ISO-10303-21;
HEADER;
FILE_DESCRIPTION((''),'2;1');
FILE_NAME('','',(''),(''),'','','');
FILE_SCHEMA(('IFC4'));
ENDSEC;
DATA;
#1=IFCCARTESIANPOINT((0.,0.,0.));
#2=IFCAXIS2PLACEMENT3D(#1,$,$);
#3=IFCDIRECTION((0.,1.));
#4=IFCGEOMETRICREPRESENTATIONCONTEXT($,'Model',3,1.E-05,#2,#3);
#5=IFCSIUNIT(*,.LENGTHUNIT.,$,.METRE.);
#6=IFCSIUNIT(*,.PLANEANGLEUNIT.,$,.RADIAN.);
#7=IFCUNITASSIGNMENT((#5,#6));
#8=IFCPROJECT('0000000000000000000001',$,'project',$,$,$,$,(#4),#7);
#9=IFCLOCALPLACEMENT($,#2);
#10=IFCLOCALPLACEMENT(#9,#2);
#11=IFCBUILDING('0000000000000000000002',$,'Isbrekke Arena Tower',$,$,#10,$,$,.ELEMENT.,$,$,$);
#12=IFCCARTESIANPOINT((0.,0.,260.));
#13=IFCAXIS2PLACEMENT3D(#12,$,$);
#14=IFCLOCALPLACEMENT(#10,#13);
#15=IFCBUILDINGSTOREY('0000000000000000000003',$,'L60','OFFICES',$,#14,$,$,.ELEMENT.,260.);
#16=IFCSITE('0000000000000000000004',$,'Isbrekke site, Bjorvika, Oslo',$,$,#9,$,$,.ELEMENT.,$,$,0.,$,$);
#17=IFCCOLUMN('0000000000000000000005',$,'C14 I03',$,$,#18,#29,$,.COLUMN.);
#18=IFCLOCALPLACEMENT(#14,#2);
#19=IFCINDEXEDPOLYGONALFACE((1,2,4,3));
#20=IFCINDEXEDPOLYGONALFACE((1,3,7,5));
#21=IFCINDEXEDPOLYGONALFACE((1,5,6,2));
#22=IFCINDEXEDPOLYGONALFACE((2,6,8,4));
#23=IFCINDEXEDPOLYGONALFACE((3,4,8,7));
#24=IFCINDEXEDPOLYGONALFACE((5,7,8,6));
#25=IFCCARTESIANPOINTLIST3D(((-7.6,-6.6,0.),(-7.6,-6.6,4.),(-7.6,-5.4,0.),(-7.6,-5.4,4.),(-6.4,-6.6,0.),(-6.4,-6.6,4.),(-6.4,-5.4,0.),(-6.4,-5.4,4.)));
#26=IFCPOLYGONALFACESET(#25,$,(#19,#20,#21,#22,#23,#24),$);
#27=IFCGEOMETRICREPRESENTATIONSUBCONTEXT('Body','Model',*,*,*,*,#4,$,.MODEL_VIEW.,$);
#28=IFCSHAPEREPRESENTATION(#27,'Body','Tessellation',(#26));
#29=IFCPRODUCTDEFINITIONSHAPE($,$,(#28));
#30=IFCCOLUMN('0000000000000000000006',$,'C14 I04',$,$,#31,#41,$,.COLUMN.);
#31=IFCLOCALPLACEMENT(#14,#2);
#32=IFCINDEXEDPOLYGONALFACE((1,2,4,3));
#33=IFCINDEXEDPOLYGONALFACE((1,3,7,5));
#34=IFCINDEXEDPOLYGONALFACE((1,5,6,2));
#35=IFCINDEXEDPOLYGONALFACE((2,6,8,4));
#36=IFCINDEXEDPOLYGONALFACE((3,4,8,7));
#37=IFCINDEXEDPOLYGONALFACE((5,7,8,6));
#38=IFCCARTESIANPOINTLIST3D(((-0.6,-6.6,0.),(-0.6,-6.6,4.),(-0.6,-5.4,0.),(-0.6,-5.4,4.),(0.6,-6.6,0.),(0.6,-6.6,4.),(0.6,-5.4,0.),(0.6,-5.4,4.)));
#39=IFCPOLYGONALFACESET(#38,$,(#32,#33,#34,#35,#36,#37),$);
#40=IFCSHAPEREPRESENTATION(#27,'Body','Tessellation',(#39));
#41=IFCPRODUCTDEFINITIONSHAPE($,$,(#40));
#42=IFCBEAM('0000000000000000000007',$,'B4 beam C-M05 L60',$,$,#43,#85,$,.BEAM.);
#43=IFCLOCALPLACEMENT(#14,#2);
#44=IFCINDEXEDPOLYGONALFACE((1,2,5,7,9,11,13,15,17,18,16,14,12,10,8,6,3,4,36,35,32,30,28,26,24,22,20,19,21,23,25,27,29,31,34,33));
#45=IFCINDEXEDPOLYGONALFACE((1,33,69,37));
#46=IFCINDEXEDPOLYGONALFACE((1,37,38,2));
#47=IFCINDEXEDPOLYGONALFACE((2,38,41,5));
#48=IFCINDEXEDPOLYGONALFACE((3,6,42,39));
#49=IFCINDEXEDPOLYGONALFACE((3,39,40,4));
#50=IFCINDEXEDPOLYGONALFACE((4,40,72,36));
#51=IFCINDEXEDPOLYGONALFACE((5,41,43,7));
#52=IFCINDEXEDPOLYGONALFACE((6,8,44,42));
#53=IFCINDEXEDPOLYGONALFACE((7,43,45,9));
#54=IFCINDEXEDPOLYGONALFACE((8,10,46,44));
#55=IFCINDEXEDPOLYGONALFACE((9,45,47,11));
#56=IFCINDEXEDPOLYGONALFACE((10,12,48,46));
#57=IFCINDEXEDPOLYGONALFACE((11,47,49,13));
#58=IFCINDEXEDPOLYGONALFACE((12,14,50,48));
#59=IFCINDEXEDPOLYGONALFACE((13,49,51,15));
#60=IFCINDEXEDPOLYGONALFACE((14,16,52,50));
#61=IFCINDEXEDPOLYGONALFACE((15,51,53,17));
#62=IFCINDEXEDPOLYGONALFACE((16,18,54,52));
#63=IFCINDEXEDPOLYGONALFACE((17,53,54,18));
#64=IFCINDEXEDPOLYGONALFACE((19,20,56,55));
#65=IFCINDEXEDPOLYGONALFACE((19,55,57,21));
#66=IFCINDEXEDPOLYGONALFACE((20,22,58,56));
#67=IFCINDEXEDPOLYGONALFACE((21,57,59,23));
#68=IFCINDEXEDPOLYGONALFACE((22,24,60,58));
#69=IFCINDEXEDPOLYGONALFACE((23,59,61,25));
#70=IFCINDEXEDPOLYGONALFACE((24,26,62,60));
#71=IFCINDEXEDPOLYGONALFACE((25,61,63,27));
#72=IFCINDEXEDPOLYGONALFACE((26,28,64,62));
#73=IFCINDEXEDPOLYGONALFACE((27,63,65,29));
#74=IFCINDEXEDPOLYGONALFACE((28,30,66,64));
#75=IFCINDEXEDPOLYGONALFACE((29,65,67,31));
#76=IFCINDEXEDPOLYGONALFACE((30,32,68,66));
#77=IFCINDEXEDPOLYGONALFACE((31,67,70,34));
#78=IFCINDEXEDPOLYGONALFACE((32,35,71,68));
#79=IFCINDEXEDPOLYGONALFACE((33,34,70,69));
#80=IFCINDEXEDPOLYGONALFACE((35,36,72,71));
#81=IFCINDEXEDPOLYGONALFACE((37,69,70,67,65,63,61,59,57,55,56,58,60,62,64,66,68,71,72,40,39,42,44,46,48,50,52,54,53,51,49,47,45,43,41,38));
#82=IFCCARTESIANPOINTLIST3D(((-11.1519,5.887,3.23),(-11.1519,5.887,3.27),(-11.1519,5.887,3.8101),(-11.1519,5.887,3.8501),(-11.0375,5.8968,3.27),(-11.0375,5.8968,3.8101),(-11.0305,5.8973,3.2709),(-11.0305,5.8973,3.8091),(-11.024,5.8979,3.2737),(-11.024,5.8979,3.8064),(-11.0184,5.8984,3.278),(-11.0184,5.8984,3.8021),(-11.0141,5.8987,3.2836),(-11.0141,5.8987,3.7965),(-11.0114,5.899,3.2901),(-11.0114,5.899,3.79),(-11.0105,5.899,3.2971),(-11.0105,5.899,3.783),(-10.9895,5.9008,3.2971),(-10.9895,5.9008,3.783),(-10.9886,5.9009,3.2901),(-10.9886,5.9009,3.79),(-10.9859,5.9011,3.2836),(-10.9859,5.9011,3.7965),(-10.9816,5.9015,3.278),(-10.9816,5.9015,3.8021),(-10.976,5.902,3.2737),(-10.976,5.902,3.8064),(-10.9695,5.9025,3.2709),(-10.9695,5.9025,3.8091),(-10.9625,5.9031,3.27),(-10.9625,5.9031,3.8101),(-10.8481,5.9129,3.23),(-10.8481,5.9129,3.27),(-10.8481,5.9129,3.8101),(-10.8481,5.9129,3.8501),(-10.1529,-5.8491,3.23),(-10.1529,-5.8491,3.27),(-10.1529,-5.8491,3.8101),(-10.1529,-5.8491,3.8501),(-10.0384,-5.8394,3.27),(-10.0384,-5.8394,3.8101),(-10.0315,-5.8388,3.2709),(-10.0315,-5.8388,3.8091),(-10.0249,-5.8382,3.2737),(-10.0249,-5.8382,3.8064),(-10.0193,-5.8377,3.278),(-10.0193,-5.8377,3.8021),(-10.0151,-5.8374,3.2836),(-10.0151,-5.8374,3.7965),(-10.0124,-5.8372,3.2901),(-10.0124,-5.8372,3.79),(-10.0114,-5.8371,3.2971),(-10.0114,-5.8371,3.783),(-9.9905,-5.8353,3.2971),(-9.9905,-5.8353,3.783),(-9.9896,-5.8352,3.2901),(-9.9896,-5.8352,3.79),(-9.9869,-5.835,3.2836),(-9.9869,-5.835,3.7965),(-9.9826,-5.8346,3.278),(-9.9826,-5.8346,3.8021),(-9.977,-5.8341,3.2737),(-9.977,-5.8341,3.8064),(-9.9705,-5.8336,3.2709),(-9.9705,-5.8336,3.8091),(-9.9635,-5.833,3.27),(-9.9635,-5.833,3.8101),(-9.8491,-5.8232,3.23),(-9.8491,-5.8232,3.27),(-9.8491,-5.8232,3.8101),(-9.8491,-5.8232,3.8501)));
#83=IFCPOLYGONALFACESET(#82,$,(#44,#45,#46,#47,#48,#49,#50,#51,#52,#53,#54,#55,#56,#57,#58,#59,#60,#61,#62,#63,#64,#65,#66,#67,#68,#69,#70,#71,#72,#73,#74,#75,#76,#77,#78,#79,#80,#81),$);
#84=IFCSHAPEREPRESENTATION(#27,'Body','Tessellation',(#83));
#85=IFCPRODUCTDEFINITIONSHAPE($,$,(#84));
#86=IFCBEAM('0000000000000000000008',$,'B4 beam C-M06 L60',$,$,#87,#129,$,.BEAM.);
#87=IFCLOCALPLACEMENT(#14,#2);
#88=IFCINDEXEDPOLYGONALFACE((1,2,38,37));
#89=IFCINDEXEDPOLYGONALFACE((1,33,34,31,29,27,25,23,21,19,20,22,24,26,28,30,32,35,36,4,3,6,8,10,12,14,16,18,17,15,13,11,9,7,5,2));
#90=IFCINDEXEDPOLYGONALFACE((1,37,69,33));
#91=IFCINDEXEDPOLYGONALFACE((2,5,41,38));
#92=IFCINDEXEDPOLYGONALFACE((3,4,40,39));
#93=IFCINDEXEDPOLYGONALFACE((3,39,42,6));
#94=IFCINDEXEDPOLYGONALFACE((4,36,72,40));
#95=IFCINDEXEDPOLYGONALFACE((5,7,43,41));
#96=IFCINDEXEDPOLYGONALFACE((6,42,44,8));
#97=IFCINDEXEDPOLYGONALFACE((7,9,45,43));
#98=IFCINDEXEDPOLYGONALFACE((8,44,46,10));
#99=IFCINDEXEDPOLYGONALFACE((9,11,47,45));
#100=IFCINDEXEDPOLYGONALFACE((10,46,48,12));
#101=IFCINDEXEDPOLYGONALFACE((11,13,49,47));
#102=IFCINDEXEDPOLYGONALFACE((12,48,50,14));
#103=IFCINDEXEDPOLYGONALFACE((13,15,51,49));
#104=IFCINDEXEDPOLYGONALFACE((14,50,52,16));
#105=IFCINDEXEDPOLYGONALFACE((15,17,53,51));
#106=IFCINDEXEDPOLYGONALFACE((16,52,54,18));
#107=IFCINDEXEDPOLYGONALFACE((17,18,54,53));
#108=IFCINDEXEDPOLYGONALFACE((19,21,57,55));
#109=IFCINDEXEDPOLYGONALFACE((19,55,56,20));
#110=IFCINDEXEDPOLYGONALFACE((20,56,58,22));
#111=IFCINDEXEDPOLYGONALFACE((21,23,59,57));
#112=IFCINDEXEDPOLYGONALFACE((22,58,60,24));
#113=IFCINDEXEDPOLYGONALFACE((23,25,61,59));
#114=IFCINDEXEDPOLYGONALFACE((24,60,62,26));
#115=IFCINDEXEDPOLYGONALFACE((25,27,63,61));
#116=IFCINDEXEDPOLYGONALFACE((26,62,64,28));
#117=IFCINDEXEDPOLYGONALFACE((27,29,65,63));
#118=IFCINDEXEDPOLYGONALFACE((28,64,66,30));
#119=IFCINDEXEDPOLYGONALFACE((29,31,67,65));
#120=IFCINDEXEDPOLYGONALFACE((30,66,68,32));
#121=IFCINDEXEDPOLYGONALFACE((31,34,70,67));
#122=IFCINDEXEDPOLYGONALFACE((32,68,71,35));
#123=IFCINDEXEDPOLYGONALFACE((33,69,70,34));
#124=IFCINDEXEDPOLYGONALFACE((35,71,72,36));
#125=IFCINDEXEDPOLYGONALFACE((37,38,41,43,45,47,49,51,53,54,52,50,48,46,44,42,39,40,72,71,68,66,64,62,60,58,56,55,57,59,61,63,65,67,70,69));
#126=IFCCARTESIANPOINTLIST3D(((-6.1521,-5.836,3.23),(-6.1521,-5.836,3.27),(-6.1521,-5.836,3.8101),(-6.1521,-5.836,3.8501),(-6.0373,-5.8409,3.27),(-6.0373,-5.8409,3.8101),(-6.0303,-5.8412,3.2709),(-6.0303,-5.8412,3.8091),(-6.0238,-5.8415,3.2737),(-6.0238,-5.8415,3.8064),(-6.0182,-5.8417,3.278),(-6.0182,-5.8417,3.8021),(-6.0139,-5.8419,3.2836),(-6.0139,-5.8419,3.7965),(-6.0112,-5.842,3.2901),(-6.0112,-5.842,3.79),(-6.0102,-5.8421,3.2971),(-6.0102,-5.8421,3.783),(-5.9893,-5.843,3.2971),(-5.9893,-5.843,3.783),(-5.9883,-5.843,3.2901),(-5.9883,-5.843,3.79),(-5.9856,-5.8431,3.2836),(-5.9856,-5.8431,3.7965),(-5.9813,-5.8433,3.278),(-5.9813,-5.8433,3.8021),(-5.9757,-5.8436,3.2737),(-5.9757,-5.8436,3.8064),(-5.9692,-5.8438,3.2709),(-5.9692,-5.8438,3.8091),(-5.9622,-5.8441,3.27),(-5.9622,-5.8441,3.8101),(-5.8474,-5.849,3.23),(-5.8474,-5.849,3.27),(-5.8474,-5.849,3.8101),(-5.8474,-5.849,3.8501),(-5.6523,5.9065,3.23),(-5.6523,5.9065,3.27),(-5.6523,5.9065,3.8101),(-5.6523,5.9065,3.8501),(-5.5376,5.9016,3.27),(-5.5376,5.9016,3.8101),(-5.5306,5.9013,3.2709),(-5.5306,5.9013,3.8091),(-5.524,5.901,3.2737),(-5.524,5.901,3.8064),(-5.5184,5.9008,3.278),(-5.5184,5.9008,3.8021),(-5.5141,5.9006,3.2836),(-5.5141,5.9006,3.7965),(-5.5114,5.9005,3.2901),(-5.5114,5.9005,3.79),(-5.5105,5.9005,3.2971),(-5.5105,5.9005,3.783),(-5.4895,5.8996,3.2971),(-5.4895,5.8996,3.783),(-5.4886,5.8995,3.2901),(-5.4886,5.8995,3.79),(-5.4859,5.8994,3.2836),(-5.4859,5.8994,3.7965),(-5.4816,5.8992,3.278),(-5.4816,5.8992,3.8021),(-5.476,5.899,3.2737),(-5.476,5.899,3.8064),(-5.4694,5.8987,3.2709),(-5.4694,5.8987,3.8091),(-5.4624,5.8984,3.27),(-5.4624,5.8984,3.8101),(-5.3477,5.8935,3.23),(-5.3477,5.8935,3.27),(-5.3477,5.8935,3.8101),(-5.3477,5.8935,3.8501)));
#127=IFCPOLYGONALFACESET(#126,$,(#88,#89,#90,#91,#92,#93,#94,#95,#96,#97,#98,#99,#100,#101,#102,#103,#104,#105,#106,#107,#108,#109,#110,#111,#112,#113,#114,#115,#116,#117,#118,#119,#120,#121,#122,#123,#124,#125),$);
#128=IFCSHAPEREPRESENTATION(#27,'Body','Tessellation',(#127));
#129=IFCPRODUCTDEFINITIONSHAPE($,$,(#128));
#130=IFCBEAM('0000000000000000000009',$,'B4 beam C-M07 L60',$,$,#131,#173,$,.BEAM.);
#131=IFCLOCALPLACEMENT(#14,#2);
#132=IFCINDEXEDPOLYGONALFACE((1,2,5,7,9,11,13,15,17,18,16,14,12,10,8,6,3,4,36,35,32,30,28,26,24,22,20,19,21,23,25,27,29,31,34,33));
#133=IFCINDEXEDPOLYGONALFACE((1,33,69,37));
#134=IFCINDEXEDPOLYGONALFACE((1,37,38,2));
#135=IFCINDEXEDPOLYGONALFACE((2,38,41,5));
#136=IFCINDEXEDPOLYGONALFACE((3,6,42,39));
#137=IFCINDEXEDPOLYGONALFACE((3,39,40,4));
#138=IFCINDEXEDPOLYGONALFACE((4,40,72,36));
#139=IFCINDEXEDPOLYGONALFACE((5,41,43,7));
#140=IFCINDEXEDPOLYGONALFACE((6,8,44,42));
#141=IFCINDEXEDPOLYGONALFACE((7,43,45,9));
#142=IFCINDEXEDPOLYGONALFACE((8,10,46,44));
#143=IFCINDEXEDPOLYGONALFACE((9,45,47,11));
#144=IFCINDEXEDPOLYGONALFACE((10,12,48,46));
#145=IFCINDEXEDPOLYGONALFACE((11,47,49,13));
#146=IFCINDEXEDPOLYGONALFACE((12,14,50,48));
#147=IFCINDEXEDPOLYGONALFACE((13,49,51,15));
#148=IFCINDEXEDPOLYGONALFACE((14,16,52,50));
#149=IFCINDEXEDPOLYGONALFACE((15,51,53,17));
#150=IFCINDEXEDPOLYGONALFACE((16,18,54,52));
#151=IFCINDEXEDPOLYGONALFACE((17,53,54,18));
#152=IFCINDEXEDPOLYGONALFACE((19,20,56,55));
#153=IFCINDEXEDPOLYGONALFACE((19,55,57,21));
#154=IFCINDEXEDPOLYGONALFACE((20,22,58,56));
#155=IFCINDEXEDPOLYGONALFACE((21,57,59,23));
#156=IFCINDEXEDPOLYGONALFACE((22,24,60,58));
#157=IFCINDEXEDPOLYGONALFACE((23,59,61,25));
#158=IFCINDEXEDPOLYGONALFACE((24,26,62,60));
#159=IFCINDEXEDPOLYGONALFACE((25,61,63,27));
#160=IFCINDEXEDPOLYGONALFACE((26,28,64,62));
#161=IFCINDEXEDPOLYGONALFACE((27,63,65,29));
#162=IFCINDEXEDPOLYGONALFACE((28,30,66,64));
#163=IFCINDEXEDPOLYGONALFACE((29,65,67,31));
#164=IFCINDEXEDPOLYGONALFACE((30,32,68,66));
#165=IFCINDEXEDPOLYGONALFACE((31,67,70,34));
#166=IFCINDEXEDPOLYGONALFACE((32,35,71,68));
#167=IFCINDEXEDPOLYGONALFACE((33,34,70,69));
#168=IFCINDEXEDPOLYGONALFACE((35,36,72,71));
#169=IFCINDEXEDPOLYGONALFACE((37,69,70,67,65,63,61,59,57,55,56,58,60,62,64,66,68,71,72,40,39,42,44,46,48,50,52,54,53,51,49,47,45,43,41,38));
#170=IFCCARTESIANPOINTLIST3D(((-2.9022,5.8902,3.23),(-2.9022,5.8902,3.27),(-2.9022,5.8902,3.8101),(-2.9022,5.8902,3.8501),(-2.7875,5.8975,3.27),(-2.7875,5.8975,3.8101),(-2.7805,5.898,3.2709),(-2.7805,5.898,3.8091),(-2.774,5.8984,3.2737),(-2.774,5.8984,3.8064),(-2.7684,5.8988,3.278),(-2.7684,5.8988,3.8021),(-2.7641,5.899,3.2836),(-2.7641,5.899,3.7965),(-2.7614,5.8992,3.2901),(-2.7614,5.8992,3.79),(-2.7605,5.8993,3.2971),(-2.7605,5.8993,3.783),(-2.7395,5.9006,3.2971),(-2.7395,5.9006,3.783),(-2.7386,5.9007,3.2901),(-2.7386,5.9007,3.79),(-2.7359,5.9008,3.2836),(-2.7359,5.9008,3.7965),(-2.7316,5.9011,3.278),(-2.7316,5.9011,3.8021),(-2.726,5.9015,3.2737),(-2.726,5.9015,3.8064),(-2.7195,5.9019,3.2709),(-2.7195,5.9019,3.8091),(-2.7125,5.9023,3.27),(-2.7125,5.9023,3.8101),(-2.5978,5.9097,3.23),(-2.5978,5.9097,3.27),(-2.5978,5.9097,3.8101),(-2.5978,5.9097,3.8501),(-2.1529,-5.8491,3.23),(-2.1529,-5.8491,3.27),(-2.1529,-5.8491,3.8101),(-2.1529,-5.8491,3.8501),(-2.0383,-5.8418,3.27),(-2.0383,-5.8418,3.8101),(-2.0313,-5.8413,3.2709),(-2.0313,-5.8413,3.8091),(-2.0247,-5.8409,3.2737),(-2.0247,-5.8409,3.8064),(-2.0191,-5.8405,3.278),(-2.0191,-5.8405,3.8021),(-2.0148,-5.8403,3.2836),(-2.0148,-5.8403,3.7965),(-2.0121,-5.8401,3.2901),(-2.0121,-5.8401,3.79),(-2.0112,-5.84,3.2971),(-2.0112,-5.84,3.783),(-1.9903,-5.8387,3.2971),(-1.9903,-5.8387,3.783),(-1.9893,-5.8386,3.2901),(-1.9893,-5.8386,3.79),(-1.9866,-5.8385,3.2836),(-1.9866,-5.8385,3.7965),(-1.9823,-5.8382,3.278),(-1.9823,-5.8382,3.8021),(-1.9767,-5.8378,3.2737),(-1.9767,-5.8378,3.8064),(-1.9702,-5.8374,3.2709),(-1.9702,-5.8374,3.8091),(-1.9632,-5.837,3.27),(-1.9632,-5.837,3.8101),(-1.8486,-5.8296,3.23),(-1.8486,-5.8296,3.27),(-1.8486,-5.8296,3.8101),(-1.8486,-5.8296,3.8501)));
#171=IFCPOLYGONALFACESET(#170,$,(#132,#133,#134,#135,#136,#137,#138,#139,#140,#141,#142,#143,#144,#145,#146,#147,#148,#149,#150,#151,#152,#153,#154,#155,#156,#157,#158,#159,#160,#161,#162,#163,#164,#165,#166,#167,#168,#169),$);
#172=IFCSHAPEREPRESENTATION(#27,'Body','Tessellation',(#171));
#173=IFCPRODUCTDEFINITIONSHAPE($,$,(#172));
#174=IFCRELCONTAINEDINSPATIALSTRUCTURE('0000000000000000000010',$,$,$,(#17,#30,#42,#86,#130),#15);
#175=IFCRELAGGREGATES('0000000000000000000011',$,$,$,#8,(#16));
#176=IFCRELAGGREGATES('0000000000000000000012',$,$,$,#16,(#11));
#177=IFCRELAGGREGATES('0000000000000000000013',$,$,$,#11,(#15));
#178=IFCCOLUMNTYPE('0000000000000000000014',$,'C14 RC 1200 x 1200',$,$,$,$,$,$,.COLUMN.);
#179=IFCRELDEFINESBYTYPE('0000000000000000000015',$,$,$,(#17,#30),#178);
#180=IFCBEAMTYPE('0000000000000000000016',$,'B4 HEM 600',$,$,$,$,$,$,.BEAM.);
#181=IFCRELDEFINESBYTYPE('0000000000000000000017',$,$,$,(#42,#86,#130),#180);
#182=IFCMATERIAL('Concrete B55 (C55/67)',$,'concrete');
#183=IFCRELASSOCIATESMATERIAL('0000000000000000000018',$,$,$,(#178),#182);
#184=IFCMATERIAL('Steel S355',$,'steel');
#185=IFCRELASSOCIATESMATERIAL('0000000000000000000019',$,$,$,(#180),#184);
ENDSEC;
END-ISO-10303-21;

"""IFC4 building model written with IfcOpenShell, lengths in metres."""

from ifc_helpers import new_model, si_unit, direction, frame, origin, origin_2d, place, context, subcontext, project, spatial, rectangle, i_section, extrude, material, material_profile, profile_set, type_object, element, save


model = new_model("IFC4")

# Units and contexts
model_context = context("Model", 3, precision=1e-05, world=origin(), true_north=direction((0.0, 1.0)))
body_context = subcontext(model_context, "Body", "Model", "MODEL_VIEW")
ifc_project = project(units=[si_unit("LENGTHUNIT", "METRE"), si_unit("PLANEANGLEUNIT", "RADIAN")], contexts=[model_context])

# Site, building, storey
site_placement = place(None, origin())
site = spatial("IfcSite", under=ifc_project, at=site_placement, Name="Isbrekke site, Bjorvika, Oslo", CompositionType="ELEMENT", RefElevation=0.0)
building_placement = place(site_placement, origin())
building = spatial("IfcBuilding", under=site, at=building_placement, Name="Isbrekke Arena Tower", CompositionType="ELEMENT")
storey_placement = place(building_placement, frame((0.0, 0.0, 260.0)))
storey = spatial("IfcBuildingStorey", under=building, at=storey_placement, Name="L60", Description="OFFICES", CompositionType="ELEMENT", Elevation=260.0)

# Columns
ifc_material_1 = material(Name="Concrete B55 (C55/67)", Category="concrete")
ifc_material_profile_1 = material_profile(ifc_material_1, rectangle(XDim=1.2, YDim=1.2, at=origin_2d()), Name="RC 1200x1200")
ifc_profile_set_1 = profile_set([ifc_material_profile_1], Name="Concrete B55 (C55/67)")
column_type = type_object("IfcColumnType", Name="C14 RC 1200 x 1200", PredefinedType="COLUMN", material=ifc_profile_set_1)
for number, where, z_axis, x_axis, name in (
    (1, (-7.0, -6.0, 0.0), (0.0, 0.0, 1.0), (1.0, 0.0, 0.0), "C14 I03"),
    (2, (0.0, -6.0, 0.0), (0.0, 0.0, 1.0), (1.0, 0.0, 0.0), "C14 I04"),
):
    element("IfcColumn", number, at=place(storey_placement, frame(where, z_axis=z_axis, x_axis=x_axis)), inside=storey, type_object=column_type, Name=name, PredefinedType="COLUMN", context=body_context, shape_type="SweptSolid", body=[
        extrude(rectangle(XDim=1.2, YDim=1.2, at=origin_2d()), origin(), (0.0, 0.0, 1.0), 4.0),
    ])

# Beams
ifc_material_2 = material(Name="Steel S355", Category="steel")
ifc_material_profile_2 = material_profile(ifc_material_2, i_section(OverallWidth=0.3049, OverallDepth=0.6201, WebThickness=0.021, FlangeThickness=0.04, FilletRadius=0.0271, at=origin_2d()), Name="HEM 600")
ifc_profile_set_2 = profile_set([ifc_material_profile_2], Name="Steel S355")
beam_type_1 = type_object("IfcBeamType", Name="B4 HEM 600", PredefinedType="BEAM", material=ifc_profile_set_2)
beam_1_placement = place(storey_placement, frame((-10.001, -5.8362, 3.54), z_axis=(-0.084817, 0.996397, 0.0), x_axis=(-0.996397, -0.084817, 0.0)))
element("IfcBeam", 3, at=beam_1_placement, inside=storey, type_object=beam_type_1, Name="B4 beam C-M05 L60", PredefinedType="BEAM", context=body_context, shape_type="SweptSolid", body=[
    extrude(i_section(OverallWidth=0.3049, OverallDepth=0.6201, WebThickness=0.021, FlangeThickness=0.04, FilletRadius=0.0271, at=origin_2d()), origin(), (0.0, 0.0, 1.0), 11.7786),
])
beam_2_placement = place(storey_placement, frame((-5.9998, -5.8425, 3.54), z_axis=(0.042521, 0.999096, 0.0), x_axis=(-0.999096, 0.042521, 0.0)))
element("IfcBeam", 4, at=beam_2_placement, inside=storey, type_object=beam_type_1, Name="B4 beam C-M06 L60", PredefinedType="BEAM", context=body_context, shape_type="SweptSolid", body=[
    extrude(i_section(OverallWidth=0.3049, OverallDepth=0.6201, WebThickness=0.021, FlangeThickness=0.04, FilletRadius=0.0271, at=origin_2d()), origin(), (0.0, 0.0, 1.0), 11.7532),
])
beam_3_placement = place(storey_placement, frame((-2.0007, -5.8394, 3.54), z_axis=(-0.063696, 0.997969, 0.0), x_axis=(-0.997969, -0.063696, 0.0)))
element("IfcBeam", 5, at=beam_3_placement, inside=storey, type_object=beam_type_1, Name="B4 beam C-M07 L60", PredefinedType="BEAM", context=body_context, shape_type="SweptSolid", body=[
    extrude(i_section(OverallWidth=0.3049, OverallDepth=0.6201, WebThickness=0.021, FlangeThickness=0.04, FilletRadius=0.0271, at=origin_2d()), origin(), (0.0, 0.0, 1.0), 11.7632),
])

save(model, "model.ifc")
